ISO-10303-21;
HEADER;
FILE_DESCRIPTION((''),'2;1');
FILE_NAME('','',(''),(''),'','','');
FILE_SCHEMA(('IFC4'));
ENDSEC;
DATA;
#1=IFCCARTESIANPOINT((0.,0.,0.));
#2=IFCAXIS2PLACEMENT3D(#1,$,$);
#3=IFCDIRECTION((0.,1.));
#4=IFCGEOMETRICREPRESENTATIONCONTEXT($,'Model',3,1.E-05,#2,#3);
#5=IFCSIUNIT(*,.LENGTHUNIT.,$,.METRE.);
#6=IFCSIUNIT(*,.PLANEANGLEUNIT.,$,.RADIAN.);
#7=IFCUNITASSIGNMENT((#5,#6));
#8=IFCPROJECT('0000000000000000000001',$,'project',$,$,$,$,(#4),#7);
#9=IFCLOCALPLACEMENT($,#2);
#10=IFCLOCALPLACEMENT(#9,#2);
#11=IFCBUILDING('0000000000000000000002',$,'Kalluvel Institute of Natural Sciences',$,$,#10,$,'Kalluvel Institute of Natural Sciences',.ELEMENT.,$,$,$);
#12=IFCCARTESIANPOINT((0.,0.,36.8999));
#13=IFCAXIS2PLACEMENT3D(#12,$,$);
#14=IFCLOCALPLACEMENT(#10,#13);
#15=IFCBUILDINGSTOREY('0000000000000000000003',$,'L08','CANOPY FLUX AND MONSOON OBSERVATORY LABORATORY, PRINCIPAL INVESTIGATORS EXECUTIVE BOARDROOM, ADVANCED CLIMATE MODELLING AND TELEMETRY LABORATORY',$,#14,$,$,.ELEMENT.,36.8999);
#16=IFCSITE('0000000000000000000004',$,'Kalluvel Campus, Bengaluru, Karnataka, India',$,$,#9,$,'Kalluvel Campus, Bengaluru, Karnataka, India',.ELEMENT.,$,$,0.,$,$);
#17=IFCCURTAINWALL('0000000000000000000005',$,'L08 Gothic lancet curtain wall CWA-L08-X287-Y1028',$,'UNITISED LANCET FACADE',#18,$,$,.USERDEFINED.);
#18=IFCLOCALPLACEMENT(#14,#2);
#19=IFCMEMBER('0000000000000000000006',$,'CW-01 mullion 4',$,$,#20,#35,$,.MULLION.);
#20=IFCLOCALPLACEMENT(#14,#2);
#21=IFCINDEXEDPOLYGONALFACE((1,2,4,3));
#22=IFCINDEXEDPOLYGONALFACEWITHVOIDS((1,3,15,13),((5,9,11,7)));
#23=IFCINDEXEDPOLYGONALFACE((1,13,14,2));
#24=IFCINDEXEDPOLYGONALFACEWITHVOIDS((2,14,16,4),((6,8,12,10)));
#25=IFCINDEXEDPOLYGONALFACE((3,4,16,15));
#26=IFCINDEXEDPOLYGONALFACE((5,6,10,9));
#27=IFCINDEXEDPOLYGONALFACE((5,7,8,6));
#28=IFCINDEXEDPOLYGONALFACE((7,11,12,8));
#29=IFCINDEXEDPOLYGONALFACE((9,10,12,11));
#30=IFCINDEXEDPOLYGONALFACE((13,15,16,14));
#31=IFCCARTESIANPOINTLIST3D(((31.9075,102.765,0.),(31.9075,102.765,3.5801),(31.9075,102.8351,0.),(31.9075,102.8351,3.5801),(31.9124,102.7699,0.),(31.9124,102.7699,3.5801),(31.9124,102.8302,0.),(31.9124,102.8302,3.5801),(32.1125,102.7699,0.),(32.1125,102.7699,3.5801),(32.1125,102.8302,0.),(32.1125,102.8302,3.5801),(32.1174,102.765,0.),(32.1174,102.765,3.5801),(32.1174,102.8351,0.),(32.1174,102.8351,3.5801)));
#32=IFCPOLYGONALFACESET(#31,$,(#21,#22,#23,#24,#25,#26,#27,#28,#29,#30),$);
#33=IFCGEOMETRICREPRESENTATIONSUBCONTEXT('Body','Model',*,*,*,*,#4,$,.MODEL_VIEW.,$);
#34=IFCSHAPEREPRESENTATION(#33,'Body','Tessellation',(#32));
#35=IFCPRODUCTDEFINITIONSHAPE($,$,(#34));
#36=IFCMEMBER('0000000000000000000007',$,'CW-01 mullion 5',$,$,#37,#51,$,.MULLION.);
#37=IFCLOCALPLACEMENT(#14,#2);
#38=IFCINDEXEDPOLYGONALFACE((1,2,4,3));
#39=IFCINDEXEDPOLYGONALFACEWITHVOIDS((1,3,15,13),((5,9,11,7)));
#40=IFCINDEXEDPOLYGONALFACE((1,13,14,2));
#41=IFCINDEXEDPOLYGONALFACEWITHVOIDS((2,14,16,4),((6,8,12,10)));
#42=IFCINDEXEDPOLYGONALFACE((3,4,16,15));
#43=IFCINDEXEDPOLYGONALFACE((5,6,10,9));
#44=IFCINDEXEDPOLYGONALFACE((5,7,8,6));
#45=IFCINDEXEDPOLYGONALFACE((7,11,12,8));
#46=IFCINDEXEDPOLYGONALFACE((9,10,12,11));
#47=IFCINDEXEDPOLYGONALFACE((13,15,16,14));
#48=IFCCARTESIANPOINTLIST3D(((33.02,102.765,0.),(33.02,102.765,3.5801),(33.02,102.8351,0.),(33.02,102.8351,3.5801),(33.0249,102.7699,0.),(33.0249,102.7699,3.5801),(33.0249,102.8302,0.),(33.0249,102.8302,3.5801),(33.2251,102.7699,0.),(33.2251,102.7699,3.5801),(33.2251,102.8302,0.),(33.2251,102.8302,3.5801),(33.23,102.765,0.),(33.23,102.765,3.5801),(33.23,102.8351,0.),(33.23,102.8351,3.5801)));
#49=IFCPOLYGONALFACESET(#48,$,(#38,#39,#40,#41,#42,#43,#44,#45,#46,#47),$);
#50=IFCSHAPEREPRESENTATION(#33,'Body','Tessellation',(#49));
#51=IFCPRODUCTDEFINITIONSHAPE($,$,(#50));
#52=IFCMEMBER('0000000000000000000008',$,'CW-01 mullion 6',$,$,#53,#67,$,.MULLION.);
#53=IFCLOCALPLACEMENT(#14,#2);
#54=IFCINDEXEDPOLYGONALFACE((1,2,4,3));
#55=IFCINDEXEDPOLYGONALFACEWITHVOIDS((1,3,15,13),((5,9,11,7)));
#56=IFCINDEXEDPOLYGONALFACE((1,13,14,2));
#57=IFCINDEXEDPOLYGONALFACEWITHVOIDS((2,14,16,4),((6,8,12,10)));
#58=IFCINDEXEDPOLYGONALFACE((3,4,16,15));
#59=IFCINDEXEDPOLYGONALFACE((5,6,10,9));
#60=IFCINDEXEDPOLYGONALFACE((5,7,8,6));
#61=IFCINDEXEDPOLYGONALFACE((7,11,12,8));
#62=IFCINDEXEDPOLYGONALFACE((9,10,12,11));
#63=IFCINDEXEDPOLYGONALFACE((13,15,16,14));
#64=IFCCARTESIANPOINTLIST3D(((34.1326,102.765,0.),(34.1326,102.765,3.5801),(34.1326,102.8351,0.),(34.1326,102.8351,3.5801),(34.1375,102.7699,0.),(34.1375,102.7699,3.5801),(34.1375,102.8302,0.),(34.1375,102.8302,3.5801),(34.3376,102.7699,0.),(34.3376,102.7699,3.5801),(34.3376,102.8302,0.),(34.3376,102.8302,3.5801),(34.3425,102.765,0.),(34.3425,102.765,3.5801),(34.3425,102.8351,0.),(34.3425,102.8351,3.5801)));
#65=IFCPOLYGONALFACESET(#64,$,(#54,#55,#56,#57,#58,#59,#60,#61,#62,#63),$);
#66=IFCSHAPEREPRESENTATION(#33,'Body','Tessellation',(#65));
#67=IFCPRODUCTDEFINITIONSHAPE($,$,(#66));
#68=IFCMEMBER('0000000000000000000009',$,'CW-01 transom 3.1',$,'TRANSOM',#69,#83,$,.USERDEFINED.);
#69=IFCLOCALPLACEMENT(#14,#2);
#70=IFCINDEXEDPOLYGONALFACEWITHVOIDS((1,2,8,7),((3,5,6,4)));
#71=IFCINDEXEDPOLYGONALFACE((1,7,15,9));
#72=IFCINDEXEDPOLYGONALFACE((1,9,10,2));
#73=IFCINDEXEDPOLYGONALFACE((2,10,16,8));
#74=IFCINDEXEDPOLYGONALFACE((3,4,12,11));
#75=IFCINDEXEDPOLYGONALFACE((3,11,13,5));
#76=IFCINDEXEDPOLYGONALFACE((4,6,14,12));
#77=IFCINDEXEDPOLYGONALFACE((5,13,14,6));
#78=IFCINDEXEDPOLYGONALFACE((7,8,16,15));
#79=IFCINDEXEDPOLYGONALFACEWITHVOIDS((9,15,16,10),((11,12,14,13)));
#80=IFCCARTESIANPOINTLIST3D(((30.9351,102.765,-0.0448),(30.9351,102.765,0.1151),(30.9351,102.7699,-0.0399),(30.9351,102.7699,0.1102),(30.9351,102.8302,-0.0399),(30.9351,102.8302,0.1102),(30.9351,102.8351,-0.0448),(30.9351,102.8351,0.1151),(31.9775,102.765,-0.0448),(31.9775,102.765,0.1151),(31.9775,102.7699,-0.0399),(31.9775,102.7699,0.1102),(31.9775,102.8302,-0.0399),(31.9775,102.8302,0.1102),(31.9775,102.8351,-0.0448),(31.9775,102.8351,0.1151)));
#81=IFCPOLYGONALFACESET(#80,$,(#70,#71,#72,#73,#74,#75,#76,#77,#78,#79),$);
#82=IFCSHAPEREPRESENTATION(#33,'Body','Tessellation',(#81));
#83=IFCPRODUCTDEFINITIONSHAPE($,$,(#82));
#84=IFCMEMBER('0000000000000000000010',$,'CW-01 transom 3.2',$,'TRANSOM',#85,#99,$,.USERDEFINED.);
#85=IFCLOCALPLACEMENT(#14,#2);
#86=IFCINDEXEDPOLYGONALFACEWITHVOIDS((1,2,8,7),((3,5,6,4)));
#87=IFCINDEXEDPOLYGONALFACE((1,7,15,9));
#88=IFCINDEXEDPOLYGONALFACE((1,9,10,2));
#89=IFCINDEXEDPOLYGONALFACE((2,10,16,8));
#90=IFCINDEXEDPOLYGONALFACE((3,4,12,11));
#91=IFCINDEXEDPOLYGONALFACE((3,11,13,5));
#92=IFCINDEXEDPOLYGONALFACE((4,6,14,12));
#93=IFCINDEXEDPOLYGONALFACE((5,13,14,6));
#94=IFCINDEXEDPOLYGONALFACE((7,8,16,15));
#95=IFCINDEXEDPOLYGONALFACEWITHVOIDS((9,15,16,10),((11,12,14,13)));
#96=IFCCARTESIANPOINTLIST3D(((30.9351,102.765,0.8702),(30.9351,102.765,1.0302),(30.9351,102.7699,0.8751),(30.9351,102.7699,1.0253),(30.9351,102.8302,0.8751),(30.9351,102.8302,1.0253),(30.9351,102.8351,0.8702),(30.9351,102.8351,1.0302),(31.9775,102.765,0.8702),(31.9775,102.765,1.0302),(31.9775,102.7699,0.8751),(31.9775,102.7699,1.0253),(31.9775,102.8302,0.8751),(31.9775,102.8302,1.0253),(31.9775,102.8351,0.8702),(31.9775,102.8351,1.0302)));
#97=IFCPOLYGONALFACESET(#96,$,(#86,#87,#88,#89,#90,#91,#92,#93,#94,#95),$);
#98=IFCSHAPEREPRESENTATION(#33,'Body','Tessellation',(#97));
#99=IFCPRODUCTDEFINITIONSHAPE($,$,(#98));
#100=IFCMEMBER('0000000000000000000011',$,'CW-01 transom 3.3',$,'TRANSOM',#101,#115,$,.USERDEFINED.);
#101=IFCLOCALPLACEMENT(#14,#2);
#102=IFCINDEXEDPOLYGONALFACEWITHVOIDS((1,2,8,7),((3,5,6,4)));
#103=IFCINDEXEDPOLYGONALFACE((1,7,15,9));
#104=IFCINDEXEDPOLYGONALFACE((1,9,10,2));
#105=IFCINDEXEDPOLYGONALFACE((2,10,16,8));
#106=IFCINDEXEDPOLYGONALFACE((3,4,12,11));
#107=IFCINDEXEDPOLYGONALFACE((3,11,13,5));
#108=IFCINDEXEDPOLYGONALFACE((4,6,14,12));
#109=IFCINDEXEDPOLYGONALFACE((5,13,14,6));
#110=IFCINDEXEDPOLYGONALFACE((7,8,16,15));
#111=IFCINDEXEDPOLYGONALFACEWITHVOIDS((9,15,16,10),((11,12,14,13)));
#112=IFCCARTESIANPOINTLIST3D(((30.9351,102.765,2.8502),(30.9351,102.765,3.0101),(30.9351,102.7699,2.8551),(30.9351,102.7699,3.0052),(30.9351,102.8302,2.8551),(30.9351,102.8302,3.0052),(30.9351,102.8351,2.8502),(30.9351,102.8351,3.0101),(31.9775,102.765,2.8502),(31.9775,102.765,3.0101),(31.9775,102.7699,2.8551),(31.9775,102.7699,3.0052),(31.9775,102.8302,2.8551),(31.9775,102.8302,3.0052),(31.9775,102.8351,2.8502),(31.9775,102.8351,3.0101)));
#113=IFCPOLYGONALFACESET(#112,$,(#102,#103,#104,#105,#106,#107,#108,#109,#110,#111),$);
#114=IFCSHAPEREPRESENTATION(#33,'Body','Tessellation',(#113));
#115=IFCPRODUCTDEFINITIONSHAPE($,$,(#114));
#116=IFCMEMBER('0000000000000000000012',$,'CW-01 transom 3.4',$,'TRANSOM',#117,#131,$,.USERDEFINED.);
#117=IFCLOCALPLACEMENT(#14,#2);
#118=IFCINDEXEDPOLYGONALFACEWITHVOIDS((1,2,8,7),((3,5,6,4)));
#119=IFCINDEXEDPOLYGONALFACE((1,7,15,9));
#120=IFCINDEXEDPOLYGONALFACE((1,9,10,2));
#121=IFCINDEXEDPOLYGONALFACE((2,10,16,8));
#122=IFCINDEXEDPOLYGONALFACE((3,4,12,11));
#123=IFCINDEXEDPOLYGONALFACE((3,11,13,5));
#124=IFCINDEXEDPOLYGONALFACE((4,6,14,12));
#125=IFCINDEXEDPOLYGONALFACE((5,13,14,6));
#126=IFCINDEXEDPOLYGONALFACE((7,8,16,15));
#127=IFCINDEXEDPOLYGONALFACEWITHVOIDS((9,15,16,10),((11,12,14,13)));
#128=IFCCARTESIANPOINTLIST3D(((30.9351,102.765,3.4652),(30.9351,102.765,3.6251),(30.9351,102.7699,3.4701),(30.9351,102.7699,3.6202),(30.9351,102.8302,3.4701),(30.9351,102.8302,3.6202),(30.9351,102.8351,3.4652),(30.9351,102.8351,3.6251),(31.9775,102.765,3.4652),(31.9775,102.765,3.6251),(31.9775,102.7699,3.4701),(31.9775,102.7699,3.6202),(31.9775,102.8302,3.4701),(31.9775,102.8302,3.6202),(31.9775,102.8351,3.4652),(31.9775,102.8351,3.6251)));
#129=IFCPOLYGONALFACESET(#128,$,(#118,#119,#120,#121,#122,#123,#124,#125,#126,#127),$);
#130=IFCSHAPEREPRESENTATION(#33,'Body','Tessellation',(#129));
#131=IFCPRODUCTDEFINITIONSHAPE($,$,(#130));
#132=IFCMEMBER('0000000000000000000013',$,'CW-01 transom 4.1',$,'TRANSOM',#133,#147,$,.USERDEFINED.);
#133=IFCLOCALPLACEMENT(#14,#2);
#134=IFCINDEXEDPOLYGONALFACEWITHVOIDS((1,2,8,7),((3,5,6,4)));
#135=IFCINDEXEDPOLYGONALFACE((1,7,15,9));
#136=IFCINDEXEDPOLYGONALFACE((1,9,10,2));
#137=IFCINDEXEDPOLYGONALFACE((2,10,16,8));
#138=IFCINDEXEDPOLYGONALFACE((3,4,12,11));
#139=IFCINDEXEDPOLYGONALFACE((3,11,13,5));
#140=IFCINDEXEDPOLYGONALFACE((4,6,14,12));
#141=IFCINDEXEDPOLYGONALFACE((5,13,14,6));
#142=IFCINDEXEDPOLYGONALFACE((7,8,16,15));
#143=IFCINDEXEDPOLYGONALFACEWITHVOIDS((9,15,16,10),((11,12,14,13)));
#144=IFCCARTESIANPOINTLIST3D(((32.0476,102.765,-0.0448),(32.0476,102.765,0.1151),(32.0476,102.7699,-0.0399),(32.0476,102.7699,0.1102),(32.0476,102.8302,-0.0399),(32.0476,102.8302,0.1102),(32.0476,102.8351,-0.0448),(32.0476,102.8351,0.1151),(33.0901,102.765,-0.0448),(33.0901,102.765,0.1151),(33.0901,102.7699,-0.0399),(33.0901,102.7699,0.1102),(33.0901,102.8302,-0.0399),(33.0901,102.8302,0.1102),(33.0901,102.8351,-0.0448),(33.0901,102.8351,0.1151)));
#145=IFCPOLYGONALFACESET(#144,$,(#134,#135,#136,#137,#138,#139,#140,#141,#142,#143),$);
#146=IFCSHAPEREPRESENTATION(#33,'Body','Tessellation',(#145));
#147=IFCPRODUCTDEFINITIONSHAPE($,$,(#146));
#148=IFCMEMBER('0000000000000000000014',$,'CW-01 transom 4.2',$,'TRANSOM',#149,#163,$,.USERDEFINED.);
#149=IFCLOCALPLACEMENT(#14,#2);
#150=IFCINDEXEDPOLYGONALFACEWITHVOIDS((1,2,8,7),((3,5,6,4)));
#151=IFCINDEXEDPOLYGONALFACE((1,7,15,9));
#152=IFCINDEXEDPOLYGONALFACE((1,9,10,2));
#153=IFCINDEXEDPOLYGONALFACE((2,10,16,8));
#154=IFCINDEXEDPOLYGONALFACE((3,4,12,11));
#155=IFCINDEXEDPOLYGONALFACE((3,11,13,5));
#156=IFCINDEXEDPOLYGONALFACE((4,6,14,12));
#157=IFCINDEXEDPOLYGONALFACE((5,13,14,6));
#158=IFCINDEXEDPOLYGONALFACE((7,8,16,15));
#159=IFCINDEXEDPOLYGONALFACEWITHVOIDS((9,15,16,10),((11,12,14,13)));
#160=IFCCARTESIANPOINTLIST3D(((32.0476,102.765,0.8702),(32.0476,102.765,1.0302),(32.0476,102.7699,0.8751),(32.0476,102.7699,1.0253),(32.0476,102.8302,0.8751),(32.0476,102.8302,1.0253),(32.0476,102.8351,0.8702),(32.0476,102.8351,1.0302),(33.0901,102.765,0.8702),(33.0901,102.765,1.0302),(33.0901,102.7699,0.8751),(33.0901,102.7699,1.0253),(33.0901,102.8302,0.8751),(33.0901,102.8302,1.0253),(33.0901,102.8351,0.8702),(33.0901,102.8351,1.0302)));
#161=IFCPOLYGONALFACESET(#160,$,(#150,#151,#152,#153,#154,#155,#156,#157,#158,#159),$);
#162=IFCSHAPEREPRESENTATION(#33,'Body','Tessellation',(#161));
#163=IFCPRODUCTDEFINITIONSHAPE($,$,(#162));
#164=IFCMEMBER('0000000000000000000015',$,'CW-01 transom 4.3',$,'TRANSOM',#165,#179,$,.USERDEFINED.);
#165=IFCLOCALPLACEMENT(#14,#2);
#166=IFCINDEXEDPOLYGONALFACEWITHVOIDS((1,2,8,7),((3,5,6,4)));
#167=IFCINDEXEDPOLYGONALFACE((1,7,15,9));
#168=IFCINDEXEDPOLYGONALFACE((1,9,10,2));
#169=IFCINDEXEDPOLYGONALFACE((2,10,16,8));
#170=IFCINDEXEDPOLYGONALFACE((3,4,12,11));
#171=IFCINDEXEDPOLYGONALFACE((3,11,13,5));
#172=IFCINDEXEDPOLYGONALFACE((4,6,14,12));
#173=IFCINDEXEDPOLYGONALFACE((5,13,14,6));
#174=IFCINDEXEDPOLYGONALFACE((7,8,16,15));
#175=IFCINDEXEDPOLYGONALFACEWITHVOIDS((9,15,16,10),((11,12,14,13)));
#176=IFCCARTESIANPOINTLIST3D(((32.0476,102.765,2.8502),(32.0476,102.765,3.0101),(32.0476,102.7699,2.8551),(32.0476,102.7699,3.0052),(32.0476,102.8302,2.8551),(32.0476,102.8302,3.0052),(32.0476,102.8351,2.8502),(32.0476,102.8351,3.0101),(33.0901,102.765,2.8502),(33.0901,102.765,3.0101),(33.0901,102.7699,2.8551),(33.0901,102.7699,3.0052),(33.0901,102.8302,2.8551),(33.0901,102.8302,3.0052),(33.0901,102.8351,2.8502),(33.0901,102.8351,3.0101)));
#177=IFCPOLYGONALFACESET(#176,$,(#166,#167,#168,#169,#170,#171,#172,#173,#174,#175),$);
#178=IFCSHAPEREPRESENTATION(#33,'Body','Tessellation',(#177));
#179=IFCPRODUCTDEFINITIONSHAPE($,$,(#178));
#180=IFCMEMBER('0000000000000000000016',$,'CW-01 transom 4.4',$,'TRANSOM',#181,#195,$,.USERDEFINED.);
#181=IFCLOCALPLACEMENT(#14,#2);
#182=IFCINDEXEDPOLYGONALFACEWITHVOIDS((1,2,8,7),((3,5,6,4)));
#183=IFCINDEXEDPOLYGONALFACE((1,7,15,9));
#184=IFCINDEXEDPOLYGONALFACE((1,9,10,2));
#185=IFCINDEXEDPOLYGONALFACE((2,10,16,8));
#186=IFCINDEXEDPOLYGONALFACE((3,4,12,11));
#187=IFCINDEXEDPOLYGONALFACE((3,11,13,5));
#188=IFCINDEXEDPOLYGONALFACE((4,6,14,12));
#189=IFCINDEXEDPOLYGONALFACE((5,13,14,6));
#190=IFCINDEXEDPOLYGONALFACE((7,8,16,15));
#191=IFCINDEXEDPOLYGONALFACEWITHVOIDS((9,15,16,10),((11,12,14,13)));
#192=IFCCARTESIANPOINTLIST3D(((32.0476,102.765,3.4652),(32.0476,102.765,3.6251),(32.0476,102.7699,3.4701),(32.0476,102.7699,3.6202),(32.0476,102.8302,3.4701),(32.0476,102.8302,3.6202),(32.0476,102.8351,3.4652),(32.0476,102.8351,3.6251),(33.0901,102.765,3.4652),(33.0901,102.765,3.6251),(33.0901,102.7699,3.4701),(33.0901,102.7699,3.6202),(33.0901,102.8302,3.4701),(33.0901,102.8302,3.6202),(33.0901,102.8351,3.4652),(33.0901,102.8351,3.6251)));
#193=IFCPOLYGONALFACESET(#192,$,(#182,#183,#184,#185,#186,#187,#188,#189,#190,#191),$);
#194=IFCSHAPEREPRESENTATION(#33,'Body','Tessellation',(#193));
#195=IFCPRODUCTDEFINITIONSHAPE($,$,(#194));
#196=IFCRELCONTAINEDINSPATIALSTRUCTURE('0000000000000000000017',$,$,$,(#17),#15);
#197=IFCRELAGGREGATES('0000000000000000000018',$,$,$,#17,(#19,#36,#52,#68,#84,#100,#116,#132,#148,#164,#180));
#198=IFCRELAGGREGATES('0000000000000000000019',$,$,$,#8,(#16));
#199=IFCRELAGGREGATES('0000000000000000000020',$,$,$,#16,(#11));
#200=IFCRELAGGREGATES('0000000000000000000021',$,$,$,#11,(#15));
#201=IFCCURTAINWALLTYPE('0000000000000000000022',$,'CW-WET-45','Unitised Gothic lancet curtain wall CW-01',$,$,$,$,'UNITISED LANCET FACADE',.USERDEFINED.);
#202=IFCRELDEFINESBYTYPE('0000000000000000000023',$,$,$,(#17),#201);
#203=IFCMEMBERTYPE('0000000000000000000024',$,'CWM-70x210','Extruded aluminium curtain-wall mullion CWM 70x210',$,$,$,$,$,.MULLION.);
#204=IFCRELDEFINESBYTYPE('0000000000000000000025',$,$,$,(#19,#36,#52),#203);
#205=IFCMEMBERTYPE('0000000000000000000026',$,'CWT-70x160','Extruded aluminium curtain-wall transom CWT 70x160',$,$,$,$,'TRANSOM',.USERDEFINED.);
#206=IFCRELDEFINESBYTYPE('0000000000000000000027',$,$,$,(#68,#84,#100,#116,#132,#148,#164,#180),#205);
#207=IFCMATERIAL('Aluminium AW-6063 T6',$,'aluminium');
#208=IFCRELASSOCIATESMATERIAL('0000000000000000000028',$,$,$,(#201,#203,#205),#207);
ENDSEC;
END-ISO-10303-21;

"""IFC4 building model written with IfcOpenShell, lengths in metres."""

from ifc_helpers import new_model, si_unit, direction, frame, origin, origin_2d, place, context, subcontext, project, spatial, hollow_rectangle, extrude, material, material_profile, profile_set, type_object, element, aggregate, save


model = new_model("IFC4")

# Units and contexts
model_context = context("Model", 3, precision=1e-05, world=origin(), true_north=direction((0.0, 1.0)))
body_context = subcontext(model_context, "Body", "Model", "MODEL_VIEW")
ifc_project = project(units=[si_unit("LENGTHUNIT", "METRE"), si_unit("PLANEANGLEUNIT", "RADIAN")], contexts=[model_context])

# Site, building, storey
site_placement = place(None, origin())
site = spatial("IfcSite", under=ifc_project, at=site_placement, Name="Kalluvel Campus, Bengaluru, Karnataka, India", LongName="Kalluvel Campus, Bengaluru, Karnataka, India", CompositionType="ELEMENT", RefElevation=0.0)
building_placement = place(site_placement, origin())
building = spatial("IfcBuilding", under=site, at=building_placement, Name="Kalluvel Institute of Natural Sciences", LongName="Kalluvel Institute of Natural Sciences", CompositionType="ELEMENT")
storey_placement = place(building_placement, frame((0.0, 0.0, 36.8999)))
storey = spatial("IfcBuildingStorey", under=building, at=storey_placement, Name="L08", Description="CANOPY FLUX AND MONSOON OBSERVATORY LABORATORY, PRINCIPAL INVESTIGATORS EXECUTIVE BOARDROOM, ADVANCED CLIMATE MODELLING AND TELEMETRY LABORATORY", CompositionType="ELEMENT", Elevation=36.8999)

# Curtain wall, members
ifc_material_1 = material(Name="Aluminium AW-6063 T6", Category="aluminium")
curtain_wall_type = type_object("IfcCurtainWallType", Name="CW-WET-45", Description="Unitised Gothic lancet curtain wall CW-01", ElementType="UNITISED LANCET FACADE", PredefinedType="USERDEFINED", material=ifc_material_1)
curtain_wall_placement = place(storey_placement, origin())
curtain_wall = element("IfcCurtainWall", 1, at=curtain_wall_placement, inside=storey, type_object=curtain_wall_type, Name="L08 Gothic lancet curtain wall CWA-L08-X287-Y1028", ObjectType="UNITISED LANCET FACADE", PredefinedType="USERDEFINED")
ifc_material_profile_1 = material_profile(ifc_material_1, hollow_rectangle(XDim=0.0701, YDim=0.21, WallThickness=0.0049, at=origin_2d()), Name="CWM 70x210")
ifc_profile_set_1 = profile_set([ifc_material_profile_1], Name="Aluminium AW-6063 T6")
member_type_1 = type_object("IfcMemberType", Name="CWM-70x210", Description="Extruded aluminium curtain-wall mullion CWM 70x210", PredefinedType="MULLION", material=ifc_profile_set_1)
member_1_placement = place(storey_placement, frame((32.0125, 102.8, 0.0), z_axis=(0.0, 0.0, 1.0), x_axis=(0.0, 1.0, 0.0)))
member_1 = element("IfcMember", 2, at=member_1_placement, type_object=member_type_1, Name="CW-01 mullion 4", PredefinedType="MULLION", context=body_context, shape_type="SweptSolid", body=[
    extrude(hollow_rectangle(XDim=0.0701, YDim=0.21, WallThickness=0.0049, at=origin_2d()), origin(), (0.0, 0.0, 1.0), 3.5801),
])
member_2_placement = place(storey_placement, frame((33.125, 102.8, 0.0), z_axis=(0.0, 0.0, 1.0), x_axis=(0.0, 1.0, 0.0)))
member_2 = element("IfcMember", 3, at=member_2_placement, type_object=member_type_1, Name="CW-01 mullion 5", PredefinedType="MULLION", context=body_context, shape_type="SweptSolid", body=[
    extrude(hollow_rectangle(XDim=0.0701, YDim=0.21, WallThickness=0.0049, at=origin_2d()), origin(), (0.0, 0.0, 1.0), 3.5801),
])
member_3_placement = place(storey_placement, frame((34.2375, 102.8, 0.0), z_axis=(0.0, 0.0, 1.0), x_axis=(0.0, 1.0, 0.0)))
member_3 = element("IfcMember", 4, at=member_3_placement, type_object=member_type_1, Name="CW-01 mullion 6", PredefinedType="MULLION", context=body_context, shape_type="SweptSolid", body=[
    extrude(hollow_rectangle(XDim=0.0701, YDim=0.21, WallThickness=0.0049, at=origin_2d()), origin(), (0.0, 0.0, 1.0), 3.5801),
])
ifc_material_profile_2 = material_profile(ifc_material_1, hollow_rectangle(XDim=0.0701, YDim=0.1599, WallThickness=0.0049, at=origin_2d()), Name="CWT 70x160")
ifc_profile_set_2 = profile_set([ifc_material_profile_2], Name="Aluminium AW-6063 T6")
member_type_2 = type_object("IfcMemberType", Name="CWT-70x160", Description="Extruded aluminium curtain-wall transom CWT 70x160", ElementType="TRANSOM", PredefinedType="USERDEFINED", material=ifc_profile_set_2)
member_4_placement = place(storey_placement, frame((30.9351, 102.8, 0.0352), z_axis=(1.0, 0.0, 0.0), x_axis=(0.0, 1.0, 0.0)))
member_4 = element("IfcMember", 5, at=member_4_placement, type_object=member_type_2, Name="CW-01 transom 3.1", ObjectType="TRANSOM", PredefinedType="USERDEFINED", context=body_context, shape_type="SweptSolid", body=[
    extrude(hollow_rectangle(XDim=0.0701, YDim=0.1599, WallThickness=0.0049, at=origin_2d()), origin(), (0.0, 0.0, 1.0), 1.0425),
])
member_5_placement = place(storey_placement, frame((30.9351, 102.8, 0.9502), z_axis=(1.0, 0.0, 0.0), x_axis=(0.0, 1.0, 0.0)))
member_5 = element("IfcMember", 6, at=member_5_placement, type_object=member_type_2, Name="CW-01 transom 3.2", ObjectType="TRANSOM", PredefinedType="USERDEFINED", context=body_context, shape_type="SweptSolid", body=[
    extrude(hollow_rectangle(XDim=0.0701, YDim=0.1599, WallThickness=0.0049, at=origin_2d()), origin(), (0.0, 0.0, 1.0), 1.0425),
])
member_6_placement = place(storey_placement, frame((30.9351, 102.8, 2.9302), z_axis=(1.0, 0.0, 0.0), x_axis=(0.0, 1.0, 0.0)))
member_6 = element("IfcMember", 7, at=member_6_placement, type_object=member_type_2, Name="CW-01 transom 3.3", ObjectType="TRANSOM", PredefinedType="USERDEFINED", context=body_context, shape_type="SweptSolid", body=[
    extrude(hollow_rectangle(XDim=0.0701, YDim=0.1599, WallThickness=0.0049, at=origin_2d()), origin(), (0.0, 0.0, 1.0), 1.0425),
])
member_7_placement = place(storey_placement, frame((30.9351, 102.8, 3.5452), z_axis=(1.0, 0.0, 0.0), x_axis=(0.0, 1.0, 0.0)))
member_7 = element("IfcMember", 8, at=member_7_placement, type_object=member_type_2, Name="CW-01 transom 3.4", ObjectType="TRANSOM", PredefinedType="USERDEFINED", context=body_context, shape_type="SweptSolid", body=[
    extrude(hollow_rectangle(XDim=0.0701, YDim=0.1599, WallThickness=0.0049, at=origin_2d()), origin(), (0.0, 0.0, 1.0), 1.0425),
])
member_8_placement = place(storey_placement, frame((32.0476, 102.8, 0.0352), z_axis=(1.0, 0.0, 0.0), x_axis=(0.0, 1.0, 0.0)))
member_8 = element("IfcMember", 9, at=member_8_placement, type_object=member_type_2, Name="CW-01 transom 4.1", ObjectType="TRANSOM", PredefinedType="USERDEFINED", context=body_context, shape_type="SweptSolid", body=[
    extrude(hollow_rectangle(XDim=0.0701, YDim=0.1599, WallThickness=0.0049, at=origin_2d()), origin(), (0.0, 0.0, 1.0), 1.0425),
])
member_9_placement = place(storey_placement, frame((32.0476, 102.8, 0.9502), z_axis=(1.0, 0.0, 0.0), x_axis=(0.0, 1.0, 0.0)))
member_9 = element("IfcMember", 10, at=member_9_placement, type_object=member_type_2, Name="CW-01 transom 4.2", ObjectType="TRANSOM", PredefinedType="USERDEFINED", context=body_context, shape_type="SweptSolid", body=[
    extrude(hollow_rectangle(XDim=0.0701, YDim=0.1599, WallThickness=0.0049, at=origin_2d()), origin(), (0.0, 0.0, 1.0), 1.0425),
])
member_10_placement = place(storey_placement, frame((32.0476, 102.8, 2.9302), z_axis=(1.0, 0.0, 0.0), x_axis=(0.0, 1.0, 0.0)))
member_10 = element("IfcMember", 11, at=member_10_placement, type_object=member_type_2, Name="CW-01 transom 4.3", ObjectType="TRANSOM", PredefinedType="USERDEFINED", context=body_context, shape_type="SweptSolid", body=[
    extrude(hollow_rectangle(XDim=0.0701, YDim=0.1599, WallThickness=0.0049, at=origin_2d()), origin(), (0.0, 0.0, 1.0), 1.0425),
])
member_11_placement = place(storey_placement, frame((32.0476, 102.8, 3.5452), z_axis=(1.0, 0.0, 0.0), x_axis=(0.0, 1.0, 0.0)))
member_11 = element("IfcMember", 12, at=member_11_placement, type_object=member_type_2, Name="CW-01 transom 4.4", ObjectType="TRANSOM", PredefinedType="USERDEFINED", context=body_context, shape_type="SweptSolid", body=[
    extrude(hollow_rectangle(XDim=0.0701, YDim=0.1599, WallThickness=0.0049, at=origin_2d()), origin(), (0.0, 0.0, 1.0), 1.0425),
])
aggregate(curtain_wall, [member_1, member_2, member_3, member_4, member_5, member_6, member_7, member_8, member_9, member_10, member_11])

save(model, "model.ifc")
